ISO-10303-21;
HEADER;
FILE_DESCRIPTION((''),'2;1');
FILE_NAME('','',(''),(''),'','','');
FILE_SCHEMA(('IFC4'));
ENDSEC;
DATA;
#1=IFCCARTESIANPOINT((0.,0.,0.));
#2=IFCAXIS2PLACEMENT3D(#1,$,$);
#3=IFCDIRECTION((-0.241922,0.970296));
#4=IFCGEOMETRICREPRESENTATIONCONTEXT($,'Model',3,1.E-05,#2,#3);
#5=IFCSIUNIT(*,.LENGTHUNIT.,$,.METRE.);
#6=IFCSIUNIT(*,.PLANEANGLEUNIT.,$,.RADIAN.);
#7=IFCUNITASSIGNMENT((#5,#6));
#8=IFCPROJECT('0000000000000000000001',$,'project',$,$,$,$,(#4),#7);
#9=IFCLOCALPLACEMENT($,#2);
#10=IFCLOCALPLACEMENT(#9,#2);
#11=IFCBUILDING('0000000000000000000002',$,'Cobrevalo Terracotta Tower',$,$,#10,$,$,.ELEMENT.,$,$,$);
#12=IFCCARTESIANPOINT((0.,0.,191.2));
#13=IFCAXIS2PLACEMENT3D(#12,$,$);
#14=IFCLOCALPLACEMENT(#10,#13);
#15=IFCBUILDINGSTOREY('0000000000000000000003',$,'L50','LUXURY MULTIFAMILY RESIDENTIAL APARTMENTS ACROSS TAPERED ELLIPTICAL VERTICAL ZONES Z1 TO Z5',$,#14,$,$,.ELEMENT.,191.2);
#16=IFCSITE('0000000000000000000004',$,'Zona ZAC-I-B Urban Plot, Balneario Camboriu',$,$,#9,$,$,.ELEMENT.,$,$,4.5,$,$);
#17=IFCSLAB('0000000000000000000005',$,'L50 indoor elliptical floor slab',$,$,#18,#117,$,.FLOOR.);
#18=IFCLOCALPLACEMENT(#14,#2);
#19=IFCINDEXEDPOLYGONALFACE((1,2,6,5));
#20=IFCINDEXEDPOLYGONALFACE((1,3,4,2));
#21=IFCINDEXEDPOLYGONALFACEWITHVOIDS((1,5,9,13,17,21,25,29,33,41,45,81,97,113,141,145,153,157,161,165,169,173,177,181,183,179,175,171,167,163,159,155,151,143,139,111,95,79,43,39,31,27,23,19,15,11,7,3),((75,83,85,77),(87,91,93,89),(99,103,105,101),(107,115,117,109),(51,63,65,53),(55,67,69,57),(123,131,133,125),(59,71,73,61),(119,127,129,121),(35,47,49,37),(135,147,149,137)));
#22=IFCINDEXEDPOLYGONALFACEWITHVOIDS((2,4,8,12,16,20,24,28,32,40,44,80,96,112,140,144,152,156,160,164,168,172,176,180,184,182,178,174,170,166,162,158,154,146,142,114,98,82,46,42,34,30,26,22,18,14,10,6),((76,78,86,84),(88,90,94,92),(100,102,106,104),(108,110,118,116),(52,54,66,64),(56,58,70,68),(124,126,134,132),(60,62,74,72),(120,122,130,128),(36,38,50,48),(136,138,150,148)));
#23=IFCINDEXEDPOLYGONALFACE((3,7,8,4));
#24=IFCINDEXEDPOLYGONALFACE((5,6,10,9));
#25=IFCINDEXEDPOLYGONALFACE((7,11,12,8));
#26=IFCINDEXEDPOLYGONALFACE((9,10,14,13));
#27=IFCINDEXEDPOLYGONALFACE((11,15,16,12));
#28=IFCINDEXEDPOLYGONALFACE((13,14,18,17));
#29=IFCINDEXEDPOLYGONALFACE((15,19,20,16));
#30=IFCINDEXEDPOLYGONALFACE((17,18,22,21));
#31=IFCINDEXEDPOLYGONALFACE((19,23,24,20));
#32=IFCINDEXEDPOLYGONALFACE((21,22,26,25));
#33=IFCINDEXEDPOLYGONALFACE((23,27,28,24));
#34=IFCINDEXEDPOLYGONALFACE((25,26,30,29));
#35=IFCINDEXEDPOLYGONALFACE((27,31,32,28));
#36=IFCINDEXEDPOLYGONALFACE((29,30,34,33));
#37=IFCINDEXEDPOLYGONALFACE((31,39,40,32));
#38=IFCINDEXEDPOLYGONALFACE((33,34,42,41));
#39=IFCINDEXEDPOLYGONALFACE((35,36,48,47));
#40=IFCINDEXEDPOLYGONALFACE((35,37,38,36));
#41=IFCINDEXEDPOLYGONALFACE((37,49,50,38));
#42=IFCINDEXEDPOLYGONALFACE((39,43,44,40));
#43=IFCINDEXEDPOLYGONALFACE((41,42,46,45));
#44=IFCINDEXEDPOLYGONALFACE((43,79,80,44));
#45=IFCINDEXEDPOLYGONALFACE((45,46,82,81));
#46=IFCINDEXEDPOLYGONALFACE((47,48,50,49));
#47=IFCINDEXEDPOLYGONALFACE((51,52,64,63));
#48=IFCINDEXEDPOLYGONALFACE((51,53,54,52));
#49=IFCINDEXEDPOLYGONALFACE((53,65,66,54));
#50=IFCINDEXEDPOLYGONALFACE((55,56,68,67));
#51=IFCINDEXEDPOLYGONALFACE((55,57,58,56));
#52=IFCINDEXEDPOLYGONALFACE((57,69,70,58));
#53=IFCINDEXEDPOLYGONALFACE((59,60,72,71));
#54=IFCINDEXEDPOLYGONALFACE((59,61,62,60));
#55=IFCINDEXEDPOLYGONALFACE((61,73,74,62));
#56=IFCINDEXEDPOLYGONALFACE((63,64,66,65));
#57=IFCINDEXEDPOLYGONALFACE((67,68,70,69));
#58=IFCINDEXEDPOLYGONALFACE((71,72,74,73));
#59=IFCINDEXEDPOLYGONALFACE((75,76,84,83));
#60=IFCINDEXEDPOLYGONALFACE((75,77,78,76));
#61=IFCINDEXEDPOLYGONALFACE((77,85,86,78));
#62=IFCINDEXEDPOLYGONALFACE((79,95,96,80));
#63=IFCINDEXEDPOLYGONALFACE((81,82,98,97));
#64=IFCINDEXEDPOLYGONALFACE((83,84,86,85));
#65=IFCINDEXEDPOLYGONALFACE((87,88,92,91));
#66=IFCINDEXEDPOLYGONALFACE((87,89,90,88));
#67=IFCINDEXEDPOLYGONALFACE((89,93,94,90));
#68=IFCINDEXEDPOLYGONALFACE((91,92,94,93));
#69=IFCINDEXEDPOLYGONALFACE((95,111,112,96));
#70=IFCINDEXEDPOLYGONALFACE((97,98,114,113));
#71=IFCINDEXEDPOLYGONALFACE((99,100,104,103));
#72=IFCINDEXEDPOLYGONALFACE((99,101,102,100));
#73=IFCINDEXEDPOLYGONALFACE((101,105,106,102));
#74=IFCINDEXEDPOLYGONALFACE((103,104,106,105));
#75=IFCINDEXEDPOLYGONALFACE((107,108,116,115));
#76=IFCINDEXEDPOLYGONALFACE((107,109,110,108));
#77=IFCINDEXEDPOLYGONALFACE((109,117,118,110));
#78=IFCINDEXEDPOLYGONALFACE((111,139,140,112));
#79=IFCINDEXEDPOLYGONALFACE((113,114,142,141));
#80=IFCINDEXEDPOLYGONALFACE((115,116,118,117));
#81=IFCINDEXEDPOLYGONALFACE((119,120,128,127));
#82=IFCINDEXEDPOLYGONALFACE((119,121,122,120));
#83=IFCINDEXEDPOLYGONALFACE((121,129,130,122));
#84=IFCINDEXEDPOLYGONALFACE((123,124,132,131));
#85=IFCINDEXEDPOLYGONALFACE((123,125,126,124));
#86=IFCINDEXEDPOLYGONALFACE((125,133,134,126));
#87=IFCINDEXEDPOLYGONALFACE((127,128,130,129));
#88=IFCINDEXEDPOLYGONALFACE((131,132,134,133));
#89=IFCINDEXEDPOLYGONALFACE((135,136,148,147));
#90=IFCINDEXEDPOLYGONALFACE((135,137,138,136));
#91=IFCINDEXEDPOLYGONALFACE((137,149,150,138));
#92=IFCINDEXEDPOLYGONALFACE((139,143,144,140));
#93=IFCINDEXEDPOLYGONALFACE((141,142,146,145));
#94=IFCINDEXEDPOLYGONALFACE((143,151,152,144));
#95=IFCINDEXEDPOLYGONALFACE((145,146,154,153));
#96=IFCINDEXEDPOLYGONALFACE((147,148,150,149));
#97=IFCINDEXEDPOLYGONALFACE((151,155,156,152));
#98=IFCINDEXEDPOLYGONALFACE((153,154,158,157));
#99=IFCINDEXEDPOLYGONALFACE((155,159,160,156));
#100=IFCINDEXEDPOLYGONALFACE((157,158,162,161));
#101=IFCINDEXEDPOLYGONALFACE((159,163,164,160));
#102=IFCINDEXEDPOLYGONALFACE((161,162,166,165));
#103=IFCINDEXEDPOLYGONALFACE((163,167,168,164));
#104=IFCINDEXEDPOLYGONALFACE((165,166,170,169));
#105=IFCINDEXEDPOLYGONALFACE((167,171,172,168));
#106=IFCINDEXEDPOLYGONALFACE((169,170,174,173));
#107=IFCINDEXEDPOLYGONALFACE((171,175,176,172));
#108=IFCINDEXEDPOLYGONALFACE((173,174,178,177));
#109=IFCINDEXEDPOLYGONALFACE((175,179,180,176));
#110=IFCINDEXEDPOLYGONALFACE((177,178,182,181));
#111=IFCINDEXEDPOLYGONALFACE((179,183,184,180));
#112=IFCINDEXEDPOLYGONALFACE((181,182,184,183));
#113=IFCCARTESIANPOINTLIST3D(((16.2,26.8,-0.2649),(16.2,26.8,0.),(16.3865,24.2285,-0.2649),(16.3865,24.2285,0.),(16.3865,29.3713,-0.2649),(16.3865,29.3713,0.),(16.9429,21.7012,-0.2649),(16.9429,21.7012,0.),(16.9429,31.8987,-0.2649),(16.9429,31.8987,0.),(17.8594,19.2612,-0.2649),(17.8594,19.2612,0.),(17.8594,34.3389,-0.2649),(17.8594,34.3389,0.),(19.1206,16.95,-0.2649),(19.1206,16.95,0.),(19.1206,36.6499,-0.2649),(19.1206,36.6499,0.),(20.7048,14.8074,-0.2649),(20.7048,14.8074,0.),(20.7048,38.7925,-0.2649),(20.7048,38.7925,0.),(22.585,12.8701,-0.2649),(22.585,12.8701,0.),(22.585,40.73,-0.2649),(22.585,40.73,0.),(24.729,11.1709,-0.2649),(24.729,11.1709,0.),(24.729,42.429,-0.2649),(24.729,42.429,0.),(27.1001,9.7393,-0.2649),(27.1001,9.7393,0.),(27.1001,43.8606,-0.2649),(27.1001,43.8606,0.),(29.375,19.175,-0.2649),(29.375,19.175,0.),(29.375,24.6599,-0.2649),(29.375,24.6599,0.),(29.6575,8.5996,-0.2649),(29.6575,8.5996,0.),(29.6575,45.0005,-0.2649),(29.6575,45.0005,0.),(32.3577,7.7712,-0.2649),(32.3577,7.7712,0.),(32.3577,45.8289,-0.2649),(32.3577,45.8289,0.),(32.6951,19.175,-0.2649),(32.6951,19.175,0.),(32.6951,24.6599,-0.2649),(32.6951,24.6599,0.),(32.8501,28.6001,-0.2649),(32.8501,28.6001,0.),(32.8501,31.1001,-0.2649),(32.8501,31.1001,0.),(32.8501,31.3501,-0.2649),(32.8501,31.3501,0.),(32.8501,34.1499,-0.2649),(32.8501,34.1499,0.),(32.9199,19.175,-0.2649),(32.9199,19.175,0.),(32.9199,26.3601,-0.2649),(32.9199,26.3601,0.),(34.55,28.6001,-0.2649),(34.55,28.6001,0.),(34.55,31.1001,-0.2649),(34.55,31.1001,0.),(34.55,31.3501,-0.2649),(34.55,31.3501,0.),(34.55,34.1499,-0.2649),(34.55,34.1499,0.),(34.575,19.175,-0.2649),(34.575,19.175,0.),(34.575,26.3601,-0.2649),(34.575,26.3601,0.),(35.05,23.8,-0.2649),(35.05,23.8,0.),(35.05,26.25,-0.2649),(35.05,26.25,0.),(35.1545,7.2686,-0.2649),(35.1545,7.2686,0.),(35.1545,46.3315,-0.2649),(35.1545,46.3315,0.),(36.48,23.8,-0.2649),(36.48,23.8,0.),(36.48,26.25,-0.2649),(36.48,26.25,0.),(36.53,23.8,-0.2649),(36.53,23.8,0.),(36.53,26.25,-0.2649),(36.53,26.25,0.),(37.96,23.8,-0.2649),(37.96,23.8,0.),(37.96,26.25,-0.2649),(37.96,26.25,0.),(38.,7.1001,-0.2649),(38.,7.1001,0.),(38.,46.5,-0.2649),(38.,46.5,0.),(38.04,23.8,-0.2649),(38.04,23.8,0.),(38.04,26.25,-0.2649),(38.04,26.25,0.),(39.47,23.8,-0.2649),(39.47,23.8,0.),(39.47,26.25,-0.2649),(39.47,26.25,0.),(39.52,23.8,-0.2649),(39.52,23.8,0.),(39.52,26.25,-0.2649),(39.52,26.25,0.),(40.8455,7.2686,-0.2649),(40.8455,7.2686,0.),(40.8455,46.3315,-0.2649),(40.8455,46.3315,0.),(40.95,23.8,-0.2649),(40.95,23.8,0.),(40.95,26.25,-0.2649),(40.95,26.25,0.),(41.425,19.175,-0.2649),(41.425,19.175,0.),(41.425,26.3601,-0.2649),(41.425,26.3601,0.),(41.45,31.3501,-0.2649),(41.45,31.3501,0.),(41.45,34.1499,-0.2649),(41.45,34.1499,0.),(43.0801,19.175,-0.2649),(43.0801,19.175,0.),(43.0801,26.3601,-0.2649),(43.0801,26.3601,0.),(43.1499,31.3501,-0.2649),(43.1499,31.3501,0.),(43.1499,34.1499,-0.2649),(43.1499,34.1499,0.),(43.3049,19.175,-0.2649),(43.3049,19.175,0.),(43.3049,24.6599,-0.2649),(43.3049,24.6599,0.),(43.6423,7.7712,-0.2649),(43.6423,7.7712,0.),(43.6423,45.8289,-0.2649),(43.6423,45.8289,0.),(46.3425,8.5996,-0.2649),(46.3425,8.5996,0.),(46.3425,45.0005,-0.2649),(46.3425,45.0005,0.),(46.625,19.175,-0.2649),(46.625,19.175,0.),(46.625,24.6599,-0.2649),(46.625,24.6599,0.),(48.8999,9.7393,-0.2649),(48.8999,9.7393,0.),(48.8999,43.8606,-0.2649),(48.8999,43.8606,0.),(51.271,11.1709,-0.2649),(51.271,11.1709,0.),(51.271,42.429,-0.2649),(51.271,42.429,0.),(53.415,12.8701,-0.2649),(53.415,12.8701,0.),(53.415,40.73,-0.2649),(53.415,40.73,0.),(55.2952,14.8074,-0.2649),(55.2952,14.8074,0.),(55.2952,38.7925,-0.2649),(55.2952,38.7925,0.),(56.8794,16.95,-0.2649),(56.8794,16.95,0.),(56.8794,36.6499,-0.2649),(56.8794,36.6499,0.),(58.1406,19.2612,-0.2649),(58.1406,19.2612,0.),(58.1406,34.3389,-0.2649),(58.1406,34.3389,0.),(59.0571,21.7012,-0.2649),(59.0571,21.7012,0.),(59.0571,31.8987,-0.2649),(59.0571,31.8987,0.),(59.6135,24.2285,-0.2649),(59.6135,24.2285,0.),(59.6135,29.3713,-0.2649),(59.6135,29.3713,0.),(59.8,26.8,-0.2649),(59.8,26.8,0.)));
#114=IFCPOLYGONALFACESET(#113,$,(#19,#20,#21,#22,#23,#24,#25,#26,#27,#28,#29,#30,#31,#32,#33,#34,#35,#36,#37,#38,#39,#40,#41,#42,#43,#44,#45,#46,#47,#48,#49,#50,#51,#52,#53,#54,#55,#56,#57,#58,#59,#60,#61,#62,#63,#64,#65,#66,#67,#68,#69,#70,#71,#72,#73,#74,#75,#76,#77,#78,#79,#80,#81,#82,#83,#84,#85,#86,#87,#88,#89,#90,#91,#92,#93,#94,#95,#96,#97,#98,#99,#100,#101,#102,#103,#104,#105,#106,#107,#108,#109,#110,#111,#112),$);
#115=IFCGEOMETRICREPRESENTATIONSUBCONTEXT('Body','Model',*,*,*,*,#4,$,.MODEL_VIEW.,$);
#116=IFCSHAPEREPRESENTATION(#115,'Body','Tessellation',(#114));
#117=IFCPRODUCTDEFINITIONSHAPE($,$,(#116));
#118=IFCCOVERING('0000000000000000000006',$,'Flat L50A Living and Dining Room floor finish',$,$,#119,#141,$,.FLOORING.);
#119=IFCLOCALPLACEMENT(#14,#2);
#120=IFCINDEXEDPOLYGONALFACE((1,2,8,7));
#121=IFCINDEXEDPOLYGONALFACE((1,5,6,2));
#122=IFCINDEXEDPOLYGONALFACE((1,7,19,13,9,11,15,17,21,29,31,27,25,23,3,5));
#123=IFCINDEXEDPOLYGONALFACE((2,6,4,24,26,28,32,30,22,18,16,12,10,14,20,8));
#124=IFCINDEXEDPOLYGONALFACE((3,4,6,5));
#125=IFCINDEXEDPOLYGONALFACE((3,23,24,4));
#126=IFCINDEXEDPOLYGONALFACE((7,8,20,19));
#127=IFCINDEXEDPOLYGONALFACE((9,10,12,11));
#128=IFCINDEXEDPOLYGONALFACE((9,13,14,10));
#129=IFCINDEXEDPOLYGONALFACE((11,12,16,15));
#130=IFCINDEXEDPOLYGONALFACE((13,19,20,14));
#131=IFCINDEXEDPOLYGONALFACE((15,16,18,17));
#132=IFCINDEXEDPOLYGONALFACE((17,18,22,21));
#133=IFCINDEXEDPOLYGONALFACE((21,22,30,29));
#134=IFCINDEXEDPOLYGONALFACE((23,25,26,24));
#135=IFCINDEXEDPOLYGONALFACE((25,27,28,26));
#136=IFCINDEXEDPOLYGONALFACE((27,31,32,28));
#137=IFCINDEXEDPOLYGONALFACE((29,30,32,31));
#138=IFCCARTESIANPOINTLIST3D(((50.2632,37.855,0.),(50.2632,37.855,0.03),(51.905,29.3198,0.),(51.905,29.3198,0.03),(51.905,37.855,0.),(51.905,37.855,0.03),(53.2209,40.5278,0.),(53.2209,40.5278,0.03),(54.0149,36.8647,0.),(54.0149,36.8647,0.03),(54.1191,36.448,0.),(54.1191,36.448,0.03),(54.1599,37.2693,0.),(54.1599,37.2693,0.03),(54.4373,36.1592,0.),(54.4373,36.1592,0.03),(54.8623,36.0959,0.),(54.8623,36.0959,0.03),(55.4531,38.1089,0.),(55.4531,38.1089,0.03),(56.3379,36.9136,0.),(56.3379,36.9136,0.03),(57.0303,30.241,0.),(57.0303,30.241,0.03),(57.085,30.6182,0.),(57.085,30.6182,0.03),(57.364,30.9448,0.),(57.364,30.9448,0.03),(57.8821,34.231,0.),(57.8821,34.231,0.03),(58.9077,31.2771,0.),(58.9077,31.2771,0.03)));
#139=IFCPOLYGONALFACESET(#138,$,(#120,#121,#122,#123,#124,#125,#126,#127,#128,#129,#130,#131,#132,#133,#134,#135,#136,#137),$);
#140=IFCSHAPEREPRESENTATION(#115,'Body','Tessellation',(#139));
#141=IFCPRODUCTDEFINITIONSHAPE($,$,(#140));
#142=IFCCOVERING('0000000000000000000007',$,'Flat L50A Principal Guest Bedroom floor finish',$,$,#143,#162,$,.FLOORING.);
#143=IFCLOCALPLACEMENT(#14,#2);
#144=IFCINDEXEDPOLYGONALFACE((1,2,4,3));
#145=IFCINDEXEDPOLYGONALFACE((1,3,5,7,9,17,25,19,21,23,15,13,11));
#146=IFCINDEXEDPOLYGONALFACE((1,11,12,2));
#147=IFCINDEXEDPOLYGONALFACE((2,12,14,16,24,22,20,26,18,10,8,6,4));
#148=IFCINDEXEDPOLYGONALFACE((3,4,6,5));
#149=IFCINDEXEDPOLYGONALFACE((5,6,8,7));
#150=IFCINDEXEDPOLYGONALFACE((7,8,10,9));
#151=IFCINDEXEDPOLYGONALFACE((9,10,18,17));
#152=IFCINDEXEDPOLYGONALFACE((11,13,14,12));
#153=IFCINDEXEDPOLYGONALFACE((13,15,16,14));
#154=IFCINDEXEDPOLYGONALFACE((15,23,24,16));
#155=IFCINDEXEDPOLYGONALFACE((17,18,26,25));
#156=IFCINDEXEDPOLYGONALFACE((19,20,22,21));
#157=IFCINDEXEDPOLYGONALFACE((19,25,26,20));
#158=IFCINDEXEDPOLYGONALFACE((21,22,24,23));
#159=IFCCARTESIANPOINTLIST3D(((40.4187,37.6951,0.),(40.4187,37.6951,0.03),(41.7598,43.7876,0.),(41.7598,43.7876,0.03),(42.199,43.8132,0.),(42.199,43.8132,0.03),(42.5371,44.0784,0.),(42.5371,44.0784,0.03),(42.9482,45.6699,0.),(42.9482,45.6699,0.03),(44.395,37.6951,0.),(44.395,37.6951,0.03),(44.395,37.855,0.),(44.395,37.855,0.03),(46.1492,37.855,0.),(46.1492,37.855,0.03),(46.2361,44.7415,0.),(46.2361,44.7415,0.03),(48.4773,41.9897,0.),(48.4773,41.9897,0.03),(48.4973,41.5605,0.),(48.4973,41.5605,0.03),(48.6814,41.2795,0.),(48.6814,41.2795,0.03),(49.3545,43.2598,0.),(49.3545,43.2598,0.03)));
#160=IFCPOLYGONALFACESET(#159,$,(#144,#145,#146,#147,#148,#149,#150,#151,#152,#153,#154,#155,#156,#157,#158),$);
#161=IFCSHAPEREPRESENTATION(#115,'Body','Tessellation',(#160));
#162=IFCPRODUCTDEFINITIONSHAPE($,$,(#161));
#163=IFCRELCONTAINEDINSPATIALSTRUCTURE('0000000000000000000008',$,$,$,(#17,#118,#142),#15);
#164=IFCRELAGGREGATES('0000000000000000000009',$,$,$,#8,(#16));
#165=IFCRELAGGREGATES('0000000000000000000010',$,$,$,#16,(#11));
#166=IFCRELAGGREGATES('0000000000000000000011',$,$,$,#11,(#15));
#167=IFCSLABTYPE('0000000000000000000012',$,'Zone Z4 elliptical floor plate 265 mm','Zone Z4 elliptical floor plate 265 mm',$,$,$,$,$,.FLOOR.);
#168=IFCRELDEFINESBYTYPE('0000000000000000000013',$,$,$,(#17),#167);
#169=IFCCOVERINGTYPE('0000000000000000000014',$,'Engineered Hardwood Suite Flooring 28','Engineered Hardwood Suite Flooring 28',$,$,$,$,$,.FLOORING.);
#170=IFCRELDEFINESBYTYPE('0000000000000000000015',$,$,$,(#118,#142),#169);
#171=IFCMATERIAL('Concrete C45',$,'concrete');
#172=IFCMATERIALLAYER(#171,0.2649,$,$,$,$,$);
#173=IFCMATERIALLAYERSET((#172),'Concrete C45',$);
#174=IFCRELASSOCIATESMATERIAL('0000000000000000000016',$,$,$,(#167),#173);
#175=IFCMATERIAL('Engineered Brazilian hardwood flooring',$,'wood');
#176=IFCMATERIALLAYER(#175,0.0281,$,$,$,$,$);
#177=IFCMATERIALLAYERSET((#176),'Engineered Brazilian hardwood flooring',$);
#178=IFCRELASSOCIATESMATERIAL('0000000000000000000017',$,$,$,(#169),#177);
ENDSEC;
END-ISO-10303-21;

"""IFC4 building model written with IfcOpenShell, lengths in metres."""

from ifc_helpers import new_model, si_unit, direction, frame, origin, place, context, subcontext, project, spatial, polyline, outline, extrude, material, layer, layer_set, type_object, element, save


model = new_model("IFC4")

# Units and contexts
model_context = context("Model", 3, precision=1e-05, world=origin(), true_north=direction((-0.241922, 0.970296)))
body_context = subcontext(model_context, "Body", "Model", "MODEL_VIEW")
ifc_project = project(units=[si_unit("LENGTHUNIT", "METRE"), si_unit("PLANEANGLEUNIT", "RADIAN")], contexts=[model_context])

# Site, building, storey
site_placement = place(None, origin())
site = spatial("IfcSite", under=ifc_project, at=site_placement, Name="Zona ZAC-I-B Urban Plot, Balneario Camboriu", CompositionType="ELEMENT", RefElevation=4.5)
building_placement = place(site_placement, origin())
building = spatial("IfcBuilding", under=site, at=building_placement, Name="Cobrevalo Terracotta Tower", CompositionType="ELEMENT")
storey_placement = place(building_placement, frame((0.0, 0.0, 191.2)))
storey = spatial("IfcBuildingStorey", under=building, at=storey_placement, Name="L50", Description="LUXURY MULTIFAMILY RESIDENTIAL APARTMENTS ACROSS TAPERED ELLIPTICAL VERTICAL ZONES Z1 TO Z5", CompositionType="ELEMENT", Elevation=191.2)

# Slab
ifc_material_1 = material(Name="Concrete C45", Category="concrete")
ifc_layer_1 = layer(ifc_material_1, 0.2649)
ifc_layer_set_1 = layer_set([ifc_layer_1], Name="Concrete C45")
slab_type_1 = type_object("IfcSlabType", Name="Zone Z4 elliptical floor plate 265 mm", Description="Zone Z4 elliptical floor plate 265 mm", PredefinedType="FLOOR", material=ifc_layer_set_1)
slab_1_placement = place(storey_placement, frame((0.0, 0.0, -0.2649)))
element("IfcSlab", 1, at=slab_1_placement, inside=storey, type_object=slab_type_1, Name="L50 indoor elliptical floor slab", PredefinedType="FLOOR", context=body_context, shape_type="SweptSolid", body=[
    extrude(outline(polyline([(59.6135, 24.2285), (59.0571, 21.7012), (58.1406, 19.2612), (56.8794, 16.95), (55.2952, 14.8074), (53.415, 12.8701), (51.271, 11.1709), (48.8999, 9.7393), (46.3425, 8.5996), (43.6423, 7.7712), (40.8455, 7.2686), (38.0, 7.1001), (35.1545, 7.2686), (32.3577, 7.7712), (29.6575, 8.5996), (27.1001, 9.7393), (24.729, 11.1709), (22.585, 12.8701), (20.7048, 14.8074), (19.1206, 16.95), (17.8594, 19.2612), (16.9429, 21.7012), (16.3865, 24.2285), (16.2, 26.8), (16.3865, 29.3713), (16.9429, 31.8987), (17.8594, 34.3389), (19.1206, 36.6499), (20.7048, 38.7925), (22.585, 40.73), (24.729, 42.429), (27.1001, 43.8606), (29.6575, 45.0005), (32.3577, 45.8289), (35.1545, 46.3315), (38.0, 46.5), (40.8455, 46.3315), (43.6423, 45.8289), (46.3425, 45.0005), (48.8999, 43.8606), (51.271, 42.429), (53.415, 40.73), (55.2952, 38.7925), (56.8794, 36.6499), (58.1406, 34.3389), (59.0571, 31.8987), (59.6135, 29.3713), (59.8, 26.8), (59.6135, 24.2285)]), holes=[polyline([(32.6951, 19.175), (32.6951, 24.6599), (29.375, 24.6599), (29.375, 19.175), (32.6951, 19.175)]), polyline([(34.575, 26.3601), (32.9199, 26.3601), (32.9199, 19.175), (34.575, 19.175), (34.575, 26.3601)]), polyline([(36.48, 26.25), (35.05, 26.25), (35.05, 23.8), (36.48, 23.8), (36.48, 26.25)]), polyline([(37.96, 23.8), (37.96, 26.25), (36.53, 26.25), (36.53, 23.8), (37.96, 23.8)]), polyline([(34.55, 28.6001), (34.55, 31.1001), (32.8501, 31.1001), (32.8501, 28.6001), (34.55, 28.6001)]), polyline([(34.55, 34.1499), (32.8501, 34.1499), (32.8501, 31.3501), (34.55, 31.3501), (34.55, 34.1499)]), polyline([(43.3049, 19.175), (46.625, 19.175), (46.625, 24.6599), (43.3049, 24.6599), (43.3049, 19.175)]), polyline([(43.0801, 19.175), (43.0801, 26.3601), (41.425, 26.3601), (41.425, 19.175), (43.0801, 19.175)]), polyline([(39.47, 26.25), (38.04, 26.25), (38.04, 23.8), (39.47, 23.8), (39.47, 26.25)]), polyline([(40.95, 23.8), (40.95, 26.25), (39.52, 26.25), (39.52, 23.8), (40.95, 23.8)]), polyline([(43.1499, 31.3501), (43.1499, 34.1499), (41.45, 34.1499), (41.45, 31.3501), (43.1499, 31.3501)])]), origin(), (0.0, 0.0, 1.0), 0.2649),
])

# Coverings
ifc_material_2 = material(Name="Engineered Brazilian hardwood flooring", Category="wood")
ifc_layer_2 = layer(ifc_material_2, 0.0281)
ifc_layer_set_2 = layer_set([ifc_layer_2], Name="Engineered Brazilian hardwood flooring")
covering_type_1 = type_object("IfcCoveringType", Name="Engineered Hardwood Suite Flooring 28", Description="Engineered Hardwood Suite Flooring 28", PredefinedType="FLOORING", material=ifc_layer_set_2)
covering_1_placement = place(storey_placement, origin())
element("IfcCovering", 2, at=covering_1_placement, inside=storey, type_object=covering_type_1, Name="Flat L50A Living and Dining Room floor finish", PredefinedType="FLOORING", context=body_context, shape_type="SweptSolid", body=[
    extrude(outline(polyline([(53.2209, 40.5278), (55.4531, 38.1089), (54.1599, 37.2693), (54.0149, 36.8647), (54.1191, 36.448), (54.4373, 36.1592), (54.8623, 36.0959), (56.3379, 36.9136), (57.8821, 34.231), (58.9077, 31.2771), (57.364, 30.9448), (57.085, 30.6182), (57.0303, 30.241), (51.905, 29.3198), (51.905, 37.855), (50.2632, 37.855), (53.2209, 40.5278)])), origin(), (0.0, 0.0, 1.0), 0.03),
])
covering_2_placement = place(storey_placement, origin())
element("IfcCovering", 3, at=covering_2_placement, inside=storey, type_object=covering_type_1, Name="Flat L50A Principal Guest Bedroom floor finish", PredefinedType="FLOORING", context=body_context, shape_type="SweptSolid", body=[
    extrude(outline(polyline([(46.2361, 44.7415), (49.3545, 43.2598), (48.4773, 41.9897), (48.4973, 41.5605), (48.6814, 41.2795), (46.1492, 37.855), (44.395, 37.855), (44.395, 37.6951), (40.4187, 37.6951), (41.7598, 43.7876), (42.199, 43.8132), (42.5371, 44.0784), (42.9482, 45.6699), (46.2361, 44.7415)])), origin(), (0.0, 0.0, 1.0), 0.03),
])

save(model, "model.ifc")
